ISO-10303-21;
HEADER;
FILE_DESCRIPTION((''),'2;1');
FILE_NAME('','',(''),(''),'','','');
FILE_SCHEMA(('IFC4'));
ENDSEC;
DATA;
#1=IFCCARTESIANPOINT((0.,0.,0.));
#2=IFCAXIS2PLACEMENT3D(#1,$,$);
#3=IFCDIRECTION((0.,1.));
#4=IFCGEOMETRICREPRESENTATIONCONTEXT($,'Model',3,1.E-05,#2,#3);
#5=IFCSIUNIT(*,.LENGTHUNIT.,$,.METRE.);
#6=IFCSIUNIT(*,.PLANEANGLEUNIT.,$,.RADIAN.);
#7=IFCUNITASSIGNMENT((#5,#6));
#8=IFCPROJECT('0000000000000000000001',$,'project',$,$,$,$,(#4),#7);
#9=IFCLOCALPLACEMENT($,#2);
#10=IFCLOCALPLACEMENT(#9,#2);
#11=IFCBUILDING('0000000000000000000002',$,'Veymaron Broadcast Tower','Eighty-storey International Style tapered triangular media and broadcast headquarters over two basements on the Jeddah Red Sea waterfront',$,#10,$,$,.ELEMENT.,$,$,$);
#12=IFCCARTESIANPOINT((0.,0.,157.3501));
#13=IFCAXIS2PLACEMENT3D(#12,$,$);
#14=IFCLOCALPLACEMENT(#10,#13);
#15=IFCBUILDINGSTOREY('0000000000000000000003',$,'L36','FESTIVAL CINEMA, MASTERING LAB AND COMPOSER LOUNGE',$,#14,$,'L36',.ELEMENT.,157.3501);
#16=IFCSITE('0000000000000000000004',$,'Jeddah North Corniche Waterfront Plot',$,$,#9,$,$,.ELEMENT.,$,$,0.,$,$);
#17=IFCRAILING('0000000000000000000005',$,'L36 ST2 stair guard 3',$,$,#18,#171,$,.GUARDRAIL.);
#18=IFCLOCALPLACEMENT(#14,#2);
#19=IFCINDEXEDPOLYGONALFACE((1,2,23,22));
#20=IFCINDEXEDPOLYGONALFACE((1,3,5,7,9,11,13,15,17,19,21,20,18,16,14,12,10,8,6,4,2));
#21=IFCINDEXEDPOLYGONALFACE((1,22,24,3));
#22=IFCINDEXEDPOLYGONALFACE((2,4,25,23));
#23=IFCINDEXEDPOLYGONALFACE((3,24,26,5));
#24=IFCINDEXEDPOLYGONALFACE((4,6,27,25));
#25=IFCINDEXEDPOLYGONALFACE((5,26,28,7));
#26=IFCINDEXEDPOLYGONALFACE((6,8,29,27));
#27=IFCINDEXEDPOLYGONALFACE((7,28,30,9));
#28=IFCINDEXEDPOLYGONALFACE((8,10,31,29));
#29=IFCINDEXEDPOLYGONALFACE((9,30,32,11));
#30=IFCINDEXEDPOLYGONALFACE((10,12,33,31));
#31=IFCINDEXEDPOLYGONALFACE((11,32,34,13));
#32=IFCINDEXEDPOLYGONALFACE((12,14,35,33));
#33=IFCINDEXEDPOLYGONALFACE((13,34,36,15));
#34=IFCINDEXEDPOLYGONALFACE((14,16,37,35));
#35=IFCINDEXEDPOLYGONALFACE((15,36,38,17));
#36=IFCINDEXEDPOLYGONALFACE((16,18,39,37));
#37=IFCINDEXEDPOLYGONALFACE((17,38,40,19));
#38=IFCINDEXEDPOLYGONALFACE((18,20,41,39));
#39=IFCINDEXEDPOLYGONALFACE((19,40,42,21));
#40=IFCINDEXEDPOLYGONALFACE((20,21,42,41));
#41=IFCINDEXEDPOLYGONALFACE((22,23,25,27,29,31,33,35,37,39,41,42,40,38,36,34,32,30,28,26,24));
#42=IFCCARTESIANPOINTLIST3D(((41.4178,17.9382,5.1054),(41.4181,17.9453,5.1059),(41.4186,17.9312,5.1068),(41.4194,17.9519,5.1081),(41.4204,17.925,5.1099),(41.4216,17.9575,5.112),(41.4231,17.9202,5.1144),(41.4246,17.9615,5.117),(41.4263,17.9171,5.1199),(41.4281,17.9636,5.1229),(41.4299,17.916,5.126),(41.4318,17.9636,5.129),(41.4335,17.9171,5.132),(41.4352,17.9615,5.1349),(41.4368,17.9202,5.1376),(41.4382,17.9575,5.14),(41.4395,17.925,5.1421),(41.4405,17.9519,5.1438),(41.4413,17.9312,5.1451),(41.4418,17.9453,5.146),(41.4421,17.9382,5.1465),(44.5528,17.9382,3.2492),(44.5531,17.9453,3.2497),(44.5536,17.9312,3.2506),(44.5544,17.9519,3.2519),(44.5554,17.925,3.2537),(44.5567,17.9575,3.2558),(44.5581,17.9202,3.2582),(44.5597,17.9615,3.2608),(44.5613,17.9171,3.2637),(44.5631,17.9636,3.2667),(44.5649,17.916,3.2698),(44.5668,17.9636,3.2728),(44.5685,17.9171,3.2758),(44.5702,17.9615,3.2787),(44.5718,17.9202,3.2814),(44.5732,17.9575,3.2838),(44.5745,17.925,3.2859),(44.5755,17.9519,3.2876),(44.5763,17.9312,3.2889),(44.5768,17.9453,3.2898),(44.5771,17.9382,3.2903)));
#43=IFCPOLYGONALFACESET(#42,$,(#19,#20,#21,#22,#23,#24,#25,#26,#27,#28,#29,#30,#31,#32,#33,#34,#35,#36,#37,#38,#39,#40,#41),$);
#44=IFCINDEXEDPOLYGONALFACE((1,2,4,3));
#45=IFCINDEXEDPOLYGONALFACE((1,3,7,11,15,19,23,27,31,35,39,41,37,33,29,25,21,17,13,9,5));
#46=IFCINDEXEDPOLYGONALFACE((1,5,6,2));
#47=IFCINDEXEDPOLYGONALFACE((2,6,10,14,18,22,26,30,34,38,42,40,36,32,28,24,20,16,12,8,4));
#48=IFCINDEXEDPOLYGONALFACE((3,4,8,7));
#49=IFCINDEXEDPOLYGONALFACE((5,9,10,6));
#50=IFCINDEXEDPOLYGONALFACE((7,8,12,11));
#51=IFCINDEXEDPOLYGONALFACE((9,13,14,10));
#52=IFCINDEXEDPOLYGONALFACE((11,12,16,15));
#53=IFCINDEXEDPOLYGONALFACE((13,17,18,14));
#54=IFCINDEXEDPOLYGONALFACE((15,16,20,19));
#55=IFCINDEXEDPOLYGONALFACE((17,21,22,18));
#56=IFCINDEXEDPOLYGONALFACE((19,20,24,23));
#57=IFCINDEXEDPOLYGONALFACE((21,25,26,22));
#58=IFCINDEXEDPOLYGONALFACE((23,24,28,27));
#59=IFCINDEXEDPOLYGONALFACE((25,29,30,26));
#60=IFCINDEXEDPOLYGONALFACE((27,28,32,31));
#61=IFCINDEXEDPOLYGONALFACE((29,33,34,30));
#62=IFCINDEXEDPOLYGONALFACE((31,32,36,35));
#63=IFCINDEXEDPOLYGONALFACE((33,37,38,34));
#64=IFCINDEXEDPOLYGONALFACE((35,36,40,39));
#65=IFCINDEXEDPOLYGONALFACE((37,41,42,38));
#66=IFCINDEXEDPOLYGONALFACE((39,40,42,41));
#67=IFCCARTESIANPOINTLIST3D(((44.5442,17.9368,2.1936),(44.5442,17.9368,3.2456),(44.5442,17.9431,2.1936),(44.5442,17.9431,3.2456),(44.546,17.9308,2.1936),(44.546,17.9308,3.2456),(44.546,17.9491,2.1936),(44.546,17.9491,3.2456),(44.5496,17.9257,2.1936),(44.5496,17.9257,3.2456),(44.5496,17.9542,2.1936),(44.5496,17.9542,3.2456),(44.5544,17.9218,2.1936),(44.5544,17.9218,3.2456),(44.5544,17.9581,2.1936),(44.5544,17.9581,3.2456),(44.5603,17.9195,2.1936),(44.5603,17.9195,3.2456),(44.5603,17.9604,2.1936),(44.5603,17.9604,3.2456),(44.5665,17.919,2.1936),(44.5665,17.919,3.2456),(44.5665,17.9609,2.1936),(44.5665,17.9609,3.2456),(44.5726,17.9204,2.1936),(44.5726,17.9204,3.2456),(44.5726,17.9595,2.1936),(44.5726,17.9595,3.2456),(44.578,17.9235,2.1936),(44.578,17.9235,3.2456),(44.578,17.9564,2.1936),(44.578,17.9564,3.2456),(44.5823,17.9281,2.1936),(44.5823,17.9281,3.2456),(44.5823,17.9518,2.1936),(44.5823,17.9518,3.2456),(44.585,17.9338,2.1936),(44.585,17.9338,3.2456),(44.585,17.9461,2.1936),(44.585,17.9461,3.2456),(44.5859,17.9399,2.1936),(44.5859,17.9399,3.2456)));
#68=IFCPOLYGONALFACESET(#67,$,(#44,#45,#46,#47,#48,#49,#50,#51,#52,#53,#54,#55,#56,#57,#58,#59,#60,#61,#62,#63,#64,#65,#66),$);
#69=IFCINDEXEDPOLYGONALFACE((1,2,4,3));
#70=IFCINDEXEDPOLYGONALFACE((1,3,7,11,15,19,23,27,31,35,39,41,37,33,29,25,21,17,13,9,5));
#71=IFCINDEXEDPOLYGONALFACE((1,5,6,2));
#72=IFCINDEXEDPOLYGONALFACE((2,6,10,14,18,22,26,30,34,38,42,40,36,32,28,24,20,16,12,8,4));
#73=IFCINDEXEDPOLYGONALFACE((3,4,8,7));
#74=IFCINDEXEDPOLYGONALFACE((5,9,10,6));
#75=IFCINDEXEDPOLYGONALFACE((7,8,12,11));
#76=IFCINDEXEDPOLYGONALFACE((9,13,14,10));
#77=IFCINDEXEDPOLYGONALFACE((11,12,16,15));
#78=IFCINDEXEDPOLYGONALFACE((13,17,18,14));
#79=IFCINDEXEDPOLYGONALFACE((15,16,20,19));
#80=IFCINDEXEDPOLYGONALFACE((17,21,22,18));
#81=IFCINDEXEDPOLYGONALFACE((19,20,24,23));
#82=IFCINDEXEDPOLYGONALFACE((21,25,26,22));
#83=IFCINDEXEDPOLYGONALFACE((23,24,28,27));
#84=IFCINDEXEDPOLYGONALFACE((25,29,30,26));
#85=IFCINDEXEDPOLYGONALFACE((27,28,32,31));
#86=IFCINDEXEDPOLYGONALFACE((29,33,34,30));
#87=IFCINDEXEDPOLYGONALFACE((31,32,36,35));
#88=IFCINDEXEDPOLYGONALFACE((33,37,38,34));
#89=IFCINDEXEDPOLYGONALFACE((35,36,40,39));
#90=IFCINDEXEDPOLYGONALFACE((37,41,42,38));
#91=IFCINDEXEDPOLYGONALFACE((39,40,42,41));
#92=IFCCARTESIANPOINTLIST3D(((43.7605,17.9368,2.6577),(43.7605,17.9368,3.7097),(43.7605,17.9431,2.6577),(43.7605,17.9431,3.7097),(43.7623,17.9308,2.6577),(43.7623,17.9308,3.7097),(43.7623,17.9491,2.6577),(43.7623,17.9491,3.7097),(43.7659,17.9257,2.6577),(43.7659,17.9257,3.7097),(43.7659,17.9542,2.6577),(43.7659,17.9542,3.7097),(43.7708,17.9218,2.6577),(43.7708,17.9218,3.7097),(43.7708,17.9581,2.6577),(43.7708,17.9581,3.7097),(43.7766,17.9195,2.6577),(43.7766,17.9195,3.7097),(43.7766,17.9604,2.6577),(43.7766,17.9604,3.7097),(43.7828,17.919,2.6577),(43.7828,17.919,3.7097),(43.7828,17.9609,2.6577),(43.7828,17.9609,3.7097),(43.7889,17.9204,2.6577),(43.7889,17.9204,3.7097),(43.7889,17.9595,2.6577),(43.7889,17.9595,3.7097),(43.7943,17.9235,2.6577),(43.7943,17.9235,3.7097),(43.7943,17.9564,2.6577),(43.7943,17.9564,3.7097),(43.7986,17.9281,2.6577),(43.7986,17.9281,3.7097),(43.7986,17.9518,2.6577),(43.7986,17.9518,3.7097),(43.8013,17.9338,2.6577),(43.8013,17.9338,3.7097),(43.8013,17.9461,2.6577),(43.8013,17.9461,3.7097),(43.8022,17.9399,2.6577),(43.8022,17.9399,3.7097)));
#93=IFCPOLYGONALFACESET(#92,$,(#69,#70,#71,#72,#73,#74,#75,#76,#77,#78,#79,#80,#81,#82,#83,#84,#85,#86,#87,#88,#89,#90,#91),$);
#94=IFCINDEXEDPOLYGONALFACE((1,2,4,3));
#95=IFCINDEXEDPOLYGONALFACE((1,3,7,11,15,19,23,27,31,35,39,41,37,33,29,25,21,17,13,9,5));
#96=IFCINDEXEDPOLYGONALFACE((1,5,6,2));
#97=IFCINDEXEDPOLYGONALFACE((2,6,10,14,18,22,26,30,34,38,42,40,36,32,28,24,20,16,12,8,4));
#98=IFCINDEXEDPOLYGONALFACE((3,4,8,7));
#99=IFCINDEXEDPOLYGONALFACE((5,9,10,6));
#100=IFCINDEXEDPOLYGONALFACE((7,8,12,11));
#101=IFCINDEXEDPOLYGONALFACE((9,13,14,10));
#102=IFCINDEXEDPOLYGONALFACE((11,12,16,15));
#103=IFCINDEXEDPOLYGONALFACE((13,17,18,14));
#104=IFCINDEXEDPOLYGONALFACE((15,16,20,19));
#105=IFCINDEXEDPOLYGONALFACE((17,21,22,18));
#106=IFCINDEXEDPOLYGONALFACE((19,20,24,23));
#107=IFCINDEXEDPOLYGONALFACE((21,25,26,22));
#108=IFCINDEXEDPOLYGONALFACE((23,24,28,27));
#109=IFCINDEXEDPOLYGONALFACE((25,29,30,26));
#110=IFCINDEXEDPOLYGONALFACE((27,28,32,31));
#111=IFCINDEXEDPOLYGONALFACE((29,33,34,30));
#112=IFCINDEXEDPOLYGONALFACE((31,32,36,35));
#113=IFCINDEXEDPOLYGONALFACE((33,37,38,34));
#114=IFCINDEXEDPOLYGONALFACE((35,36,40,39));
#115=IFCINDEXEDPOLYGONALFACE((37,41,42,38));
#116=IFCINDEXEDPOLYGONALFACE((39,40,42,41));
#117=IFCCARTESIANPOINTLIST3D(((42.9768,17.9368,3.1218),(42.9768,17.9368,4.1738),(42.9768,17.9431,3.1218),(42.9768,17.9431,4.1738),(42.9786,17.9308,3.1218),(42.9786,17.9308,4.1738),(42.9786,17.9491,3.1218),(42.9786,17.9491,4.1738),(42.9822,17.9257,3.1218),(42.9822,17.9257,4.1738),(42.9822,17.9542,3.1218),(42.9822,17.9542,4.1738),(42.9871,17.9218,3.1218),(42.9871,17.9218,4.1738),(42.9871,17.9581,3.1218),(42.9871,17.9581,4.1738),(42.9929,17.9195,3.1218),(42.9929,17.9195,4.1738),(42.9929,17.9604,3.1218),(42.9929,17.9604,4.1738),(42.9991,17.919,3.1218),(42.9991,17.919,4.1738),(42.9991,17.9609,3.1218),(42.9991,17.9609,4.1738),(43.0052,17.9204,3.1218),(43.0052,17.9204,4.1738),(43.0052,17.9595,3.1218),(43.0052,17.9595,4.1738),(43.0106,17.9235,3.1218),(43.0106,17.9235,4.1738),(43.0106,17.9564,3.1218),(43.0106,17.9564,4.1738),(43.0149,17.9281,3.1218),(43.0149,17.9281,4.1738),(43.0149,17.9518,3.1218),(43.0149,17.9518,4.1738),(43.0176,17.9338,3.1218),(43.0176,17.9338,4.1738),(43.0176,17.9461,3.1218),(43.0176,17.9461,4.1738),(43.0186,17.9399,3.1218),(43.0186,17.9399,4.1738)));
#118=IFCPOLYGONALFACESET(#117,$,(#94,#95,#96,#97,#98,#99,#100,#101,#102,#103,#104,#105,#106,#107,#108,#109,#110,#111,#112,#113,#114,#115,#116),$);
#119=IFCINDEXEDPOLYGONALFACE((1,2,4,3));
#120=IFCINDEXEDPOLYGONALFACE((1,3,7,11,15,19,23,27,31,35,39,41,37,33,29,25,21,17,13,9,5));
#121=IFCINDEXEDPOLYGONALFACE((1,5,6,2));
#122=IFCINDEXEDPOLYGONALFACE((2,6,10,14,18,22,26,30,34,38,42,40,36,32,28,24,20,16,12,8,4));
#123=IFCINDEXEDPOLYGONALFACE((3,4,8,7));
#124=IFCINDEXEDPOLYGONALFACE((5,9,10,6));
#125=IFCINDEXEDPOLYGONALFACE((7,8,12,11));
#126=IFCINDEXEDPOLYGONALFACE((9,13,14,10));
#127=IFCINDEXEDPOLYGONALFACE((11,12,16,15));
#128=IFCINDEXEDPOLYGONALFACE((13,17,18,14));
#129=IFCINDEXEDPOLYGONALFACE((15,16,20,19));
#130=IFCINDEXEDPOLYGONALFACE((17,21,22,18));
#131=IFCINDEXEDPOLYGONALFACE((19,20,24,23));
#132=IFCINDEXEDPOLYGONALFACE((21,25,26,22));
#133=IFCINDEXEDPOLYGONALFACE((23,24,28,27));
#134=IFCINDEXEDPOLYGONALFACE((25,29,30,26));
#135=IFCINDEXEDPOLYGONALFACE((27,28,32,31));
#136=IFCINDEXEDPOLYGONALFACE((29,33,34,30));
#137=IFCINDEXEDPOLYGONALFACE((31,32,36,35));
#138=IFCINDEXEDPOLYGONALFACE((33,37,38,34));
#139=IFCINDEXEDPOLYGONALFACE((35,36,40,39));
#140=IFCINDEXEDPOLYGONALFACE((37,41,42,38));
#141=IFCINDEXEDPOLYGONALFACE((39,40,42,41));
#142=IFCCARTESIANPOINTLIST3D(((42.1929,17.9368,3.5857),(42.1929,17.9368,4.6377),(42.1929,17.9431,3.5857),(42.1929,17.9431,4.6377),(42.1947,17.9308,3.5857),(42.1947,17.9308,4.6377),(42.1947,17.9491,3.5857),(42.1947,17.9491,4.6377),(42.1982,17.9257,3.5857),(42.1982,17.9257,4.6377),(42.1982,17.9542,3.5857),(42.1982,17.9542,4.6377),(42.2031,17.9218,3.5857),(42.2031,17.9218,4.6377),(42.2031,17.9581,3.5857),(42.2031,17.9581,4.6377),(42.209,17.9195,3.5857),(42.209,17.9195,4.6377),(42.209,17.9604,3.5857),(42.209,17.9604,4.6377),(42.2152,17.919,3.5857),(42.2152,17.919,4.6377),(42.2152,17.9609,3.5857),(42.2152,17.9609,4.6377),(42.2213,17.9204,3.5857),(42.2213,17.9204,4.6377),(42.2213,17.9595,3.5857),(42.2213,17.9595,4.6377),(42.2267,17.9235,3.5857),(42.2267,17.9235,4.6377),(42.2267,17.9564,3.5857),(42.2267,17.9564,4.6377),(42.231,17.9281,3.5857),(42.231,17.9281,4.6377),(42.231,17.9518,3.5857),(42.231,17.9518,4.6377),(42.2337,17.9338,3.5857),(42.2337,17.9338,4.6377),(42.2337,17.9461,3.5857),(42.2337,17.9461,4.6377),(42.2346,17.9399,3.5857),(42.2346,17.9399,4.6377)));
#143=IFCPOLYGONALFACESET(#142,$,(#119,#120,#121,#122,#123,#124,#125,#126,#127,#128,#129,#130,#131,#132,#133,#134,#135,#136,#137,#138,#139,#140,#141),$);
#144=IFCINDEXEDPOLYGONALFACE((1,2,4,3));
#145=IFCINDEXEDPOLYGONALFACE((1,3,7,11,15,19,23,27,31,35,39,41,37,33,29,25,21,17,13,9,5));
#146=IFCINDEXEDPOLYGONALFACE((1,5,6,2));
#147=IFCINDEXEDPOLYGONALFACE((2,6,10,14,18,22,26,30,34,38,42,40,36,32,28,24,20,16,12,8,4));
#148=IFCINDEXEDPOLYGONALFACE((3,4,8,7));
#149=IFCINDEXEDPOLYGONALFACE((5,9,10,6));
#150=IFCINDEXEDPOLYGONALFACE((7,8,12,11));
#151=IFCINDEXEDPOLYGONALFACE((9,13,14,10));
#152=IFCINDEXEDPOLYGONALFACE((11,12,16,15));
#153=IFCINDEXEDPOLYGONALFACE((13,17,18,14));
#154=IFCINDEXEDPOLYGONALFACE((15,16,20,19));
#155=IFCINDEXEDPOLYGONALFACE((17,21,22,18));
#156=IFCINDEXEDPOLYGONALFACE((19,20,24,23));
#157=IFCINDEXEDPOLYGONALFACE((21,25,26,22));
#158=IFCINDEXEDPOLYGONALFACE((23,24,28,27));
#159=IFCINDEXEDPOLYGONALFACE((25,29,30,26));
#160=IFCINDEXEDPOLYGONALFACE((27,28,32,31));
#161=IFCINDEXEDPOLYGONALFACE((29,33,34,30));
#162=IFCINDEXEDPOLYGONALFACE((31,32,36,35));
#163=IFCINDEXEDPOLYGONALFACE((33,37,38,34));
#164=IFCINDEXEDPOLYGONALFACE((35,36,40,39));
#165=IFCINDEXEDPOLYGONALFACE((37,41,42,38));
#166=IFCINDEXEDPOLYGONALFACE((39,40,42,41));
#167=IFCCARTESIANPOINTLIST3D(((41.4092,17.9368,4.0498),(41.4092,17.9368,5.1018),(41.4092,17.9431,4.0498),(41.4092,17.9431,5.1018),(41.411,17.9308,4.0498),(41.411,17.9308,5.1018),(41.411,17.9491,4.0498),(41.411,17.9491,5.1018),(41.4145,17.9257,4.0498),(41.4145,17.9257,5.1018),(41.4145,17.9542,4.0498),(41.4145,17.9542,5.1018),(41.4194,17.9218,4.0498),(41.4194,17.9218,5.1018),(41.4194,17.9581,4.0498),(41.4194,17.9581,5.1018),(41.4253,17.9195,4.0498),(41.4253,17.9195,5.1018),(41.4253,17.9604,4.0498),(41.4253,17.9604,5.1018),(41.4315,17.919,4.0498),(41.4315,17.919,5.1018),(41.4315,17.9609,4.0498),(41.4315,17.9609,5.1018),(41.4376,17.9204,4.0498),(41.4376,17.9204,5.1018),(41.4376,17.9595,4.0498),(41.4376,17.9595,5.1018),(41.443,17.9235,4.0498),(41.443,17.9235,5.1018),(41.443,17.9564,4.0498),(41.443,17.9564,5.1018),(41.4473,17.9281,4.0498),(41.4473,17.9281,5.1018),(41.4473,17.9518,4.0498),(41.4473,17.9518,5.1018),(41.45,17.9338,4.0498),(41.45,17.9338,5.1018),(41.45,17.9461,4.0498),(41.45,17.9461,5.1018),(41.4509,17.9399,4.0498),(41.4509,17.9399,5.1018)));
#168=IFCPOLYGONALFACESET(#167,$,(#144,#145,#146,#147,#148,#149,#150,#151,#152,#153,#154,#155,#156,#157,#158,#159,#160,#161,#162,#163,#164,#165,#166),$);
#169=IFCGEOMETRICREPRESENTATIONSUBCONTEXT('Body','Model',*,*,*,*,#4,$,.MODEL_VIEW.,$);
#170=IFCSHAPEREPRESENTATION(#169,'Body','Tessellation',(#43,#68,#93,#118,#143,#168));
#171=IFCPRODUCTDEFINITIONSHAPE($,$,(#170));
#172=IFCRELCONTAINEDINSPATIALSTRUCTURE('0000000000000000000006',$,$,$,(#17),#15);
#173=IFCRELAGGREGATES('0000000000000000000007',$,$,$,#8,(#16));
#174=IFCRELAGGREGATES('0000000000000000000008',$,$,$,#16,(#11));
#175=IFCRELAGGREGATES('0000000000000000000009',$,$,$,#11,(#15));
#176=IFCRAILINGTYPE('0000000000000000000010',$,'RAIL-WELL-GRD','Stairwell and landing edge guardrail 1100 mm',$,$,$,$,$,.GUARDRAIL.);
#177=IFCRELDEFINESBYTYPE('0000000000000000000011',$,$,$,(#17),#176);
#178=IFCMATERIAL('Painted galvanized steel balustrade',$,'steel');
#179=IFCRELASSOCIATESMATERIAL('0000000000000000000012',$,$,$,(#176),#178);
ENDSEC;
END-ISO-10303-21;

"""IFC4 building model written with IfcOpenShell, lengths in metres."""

from ifc_helpers import new_model, si_unit, direction, frame, origin, origin_2d, place, context, subcontext, project, spatial, circle, extrude, material, type_object, element, save


model = new_model("IFC4")

# Units and contexts
model_context = context("Model", 3, precision=1e-05, world=origin(), true_north=direction((0.0, 1.0)))
body_context = subcontext(model_context, "Body", "Model", "MODEL_VIEW")
ifc_project = project(units=[si_unit("LENGTHUNIT", "METRE"), si_unit("PLANEANGLEUNIT", "RADIAN")], contexts=[model_context])

# Site, building, storey
site_placement = place(None, origin())
site = spatial("IfcSite", under=ifc_project, at=site_placement, Name="Jeddah North Corniche Waterfront Plot", CompositionType="ELEMENT", RefElevation=0.0)
building_placement = place(site_placement, origin())
building = spatial("IfcBuilding", under=site, at=building_placement, Name="Veymaron Broadcast Tower", Description="Eighty-storey International Style tapered triangular media and broadcast headquarters over two basements on the Jeddah Red Sea waterfront", CompositionType="ELEMENT")
storey_placement = place(building_placement, frame((0.0, 0.0, 157.3501)))
storey = spatial("IfcBuildingStorey", under=building, at=storey_placement, Name="L36", Description="FESTIVAL CINEMA, MASTERING LAB AND COMPOSER LOUNGE", LongName="L36", CompositionType="ELEMENT", Elevation=157.3501)

# Railing
ifc_material_1 = material(Name="Painted galvanized steel balustrade", Category="steel")
railing_type_1 = type_object("IfcRailingType", Name="RAIL-WELL-GRD", Description="Stairwell and landing edge guardrail 1100 mm", PredefinedType="GUARDRAIL", material=ifc_material_1)
railing_1_placement = place(storey_placement, frame((44.5649, 17.9399, 2.1936)))
element("IfcRailing", 1, at=railing_1_placement, inside=storey, type_object=railing_type_1, Name="L36 ST2 stair guard 3", PredefinedType="GUARDRAIL", context=body_context, shape_type="SweptSolid", body=[
    extrude(circle(Radius=0.0239, at=origin_2d()), frame((0.0, 0.0, 1.0762), z_axis=(-0.860482, 0.0, 0.509481), x_axis=(0.0, -1.0, 0.0)), (0.0, 0.0, 1.0), 3.6433),
    extrude(circle(Radius=0.021, at=origin_2d()), origin(), (0.0, 0.0, 1.0), 1.052),
    extrude(circle(Radius=0.021, at=origin_2d()), frame((-0.7837, 0.0, 0.4641)), (0.0, 0.0, 1.0), 1.052),
    extrude(circle(Radius=0.021, at=origin_2d()), frame((-1.5674, 0.0, 0.9282)), (0.0, 0.0, 1.0), 1.052),
    extrude(circle(Radius=0.021, at=origin_2d()), frame((-2.3513, 0.0, 1.3921)), (0.0, 0.0, 1.0), 1.052),
    extrude(circle(Radius=0.021, at=origin_2d()), frame((-3.135, 0.0, 1.8562)), (0.0, 0.0, 1.0), 1.052),
])

save(model, "model.ifc")
